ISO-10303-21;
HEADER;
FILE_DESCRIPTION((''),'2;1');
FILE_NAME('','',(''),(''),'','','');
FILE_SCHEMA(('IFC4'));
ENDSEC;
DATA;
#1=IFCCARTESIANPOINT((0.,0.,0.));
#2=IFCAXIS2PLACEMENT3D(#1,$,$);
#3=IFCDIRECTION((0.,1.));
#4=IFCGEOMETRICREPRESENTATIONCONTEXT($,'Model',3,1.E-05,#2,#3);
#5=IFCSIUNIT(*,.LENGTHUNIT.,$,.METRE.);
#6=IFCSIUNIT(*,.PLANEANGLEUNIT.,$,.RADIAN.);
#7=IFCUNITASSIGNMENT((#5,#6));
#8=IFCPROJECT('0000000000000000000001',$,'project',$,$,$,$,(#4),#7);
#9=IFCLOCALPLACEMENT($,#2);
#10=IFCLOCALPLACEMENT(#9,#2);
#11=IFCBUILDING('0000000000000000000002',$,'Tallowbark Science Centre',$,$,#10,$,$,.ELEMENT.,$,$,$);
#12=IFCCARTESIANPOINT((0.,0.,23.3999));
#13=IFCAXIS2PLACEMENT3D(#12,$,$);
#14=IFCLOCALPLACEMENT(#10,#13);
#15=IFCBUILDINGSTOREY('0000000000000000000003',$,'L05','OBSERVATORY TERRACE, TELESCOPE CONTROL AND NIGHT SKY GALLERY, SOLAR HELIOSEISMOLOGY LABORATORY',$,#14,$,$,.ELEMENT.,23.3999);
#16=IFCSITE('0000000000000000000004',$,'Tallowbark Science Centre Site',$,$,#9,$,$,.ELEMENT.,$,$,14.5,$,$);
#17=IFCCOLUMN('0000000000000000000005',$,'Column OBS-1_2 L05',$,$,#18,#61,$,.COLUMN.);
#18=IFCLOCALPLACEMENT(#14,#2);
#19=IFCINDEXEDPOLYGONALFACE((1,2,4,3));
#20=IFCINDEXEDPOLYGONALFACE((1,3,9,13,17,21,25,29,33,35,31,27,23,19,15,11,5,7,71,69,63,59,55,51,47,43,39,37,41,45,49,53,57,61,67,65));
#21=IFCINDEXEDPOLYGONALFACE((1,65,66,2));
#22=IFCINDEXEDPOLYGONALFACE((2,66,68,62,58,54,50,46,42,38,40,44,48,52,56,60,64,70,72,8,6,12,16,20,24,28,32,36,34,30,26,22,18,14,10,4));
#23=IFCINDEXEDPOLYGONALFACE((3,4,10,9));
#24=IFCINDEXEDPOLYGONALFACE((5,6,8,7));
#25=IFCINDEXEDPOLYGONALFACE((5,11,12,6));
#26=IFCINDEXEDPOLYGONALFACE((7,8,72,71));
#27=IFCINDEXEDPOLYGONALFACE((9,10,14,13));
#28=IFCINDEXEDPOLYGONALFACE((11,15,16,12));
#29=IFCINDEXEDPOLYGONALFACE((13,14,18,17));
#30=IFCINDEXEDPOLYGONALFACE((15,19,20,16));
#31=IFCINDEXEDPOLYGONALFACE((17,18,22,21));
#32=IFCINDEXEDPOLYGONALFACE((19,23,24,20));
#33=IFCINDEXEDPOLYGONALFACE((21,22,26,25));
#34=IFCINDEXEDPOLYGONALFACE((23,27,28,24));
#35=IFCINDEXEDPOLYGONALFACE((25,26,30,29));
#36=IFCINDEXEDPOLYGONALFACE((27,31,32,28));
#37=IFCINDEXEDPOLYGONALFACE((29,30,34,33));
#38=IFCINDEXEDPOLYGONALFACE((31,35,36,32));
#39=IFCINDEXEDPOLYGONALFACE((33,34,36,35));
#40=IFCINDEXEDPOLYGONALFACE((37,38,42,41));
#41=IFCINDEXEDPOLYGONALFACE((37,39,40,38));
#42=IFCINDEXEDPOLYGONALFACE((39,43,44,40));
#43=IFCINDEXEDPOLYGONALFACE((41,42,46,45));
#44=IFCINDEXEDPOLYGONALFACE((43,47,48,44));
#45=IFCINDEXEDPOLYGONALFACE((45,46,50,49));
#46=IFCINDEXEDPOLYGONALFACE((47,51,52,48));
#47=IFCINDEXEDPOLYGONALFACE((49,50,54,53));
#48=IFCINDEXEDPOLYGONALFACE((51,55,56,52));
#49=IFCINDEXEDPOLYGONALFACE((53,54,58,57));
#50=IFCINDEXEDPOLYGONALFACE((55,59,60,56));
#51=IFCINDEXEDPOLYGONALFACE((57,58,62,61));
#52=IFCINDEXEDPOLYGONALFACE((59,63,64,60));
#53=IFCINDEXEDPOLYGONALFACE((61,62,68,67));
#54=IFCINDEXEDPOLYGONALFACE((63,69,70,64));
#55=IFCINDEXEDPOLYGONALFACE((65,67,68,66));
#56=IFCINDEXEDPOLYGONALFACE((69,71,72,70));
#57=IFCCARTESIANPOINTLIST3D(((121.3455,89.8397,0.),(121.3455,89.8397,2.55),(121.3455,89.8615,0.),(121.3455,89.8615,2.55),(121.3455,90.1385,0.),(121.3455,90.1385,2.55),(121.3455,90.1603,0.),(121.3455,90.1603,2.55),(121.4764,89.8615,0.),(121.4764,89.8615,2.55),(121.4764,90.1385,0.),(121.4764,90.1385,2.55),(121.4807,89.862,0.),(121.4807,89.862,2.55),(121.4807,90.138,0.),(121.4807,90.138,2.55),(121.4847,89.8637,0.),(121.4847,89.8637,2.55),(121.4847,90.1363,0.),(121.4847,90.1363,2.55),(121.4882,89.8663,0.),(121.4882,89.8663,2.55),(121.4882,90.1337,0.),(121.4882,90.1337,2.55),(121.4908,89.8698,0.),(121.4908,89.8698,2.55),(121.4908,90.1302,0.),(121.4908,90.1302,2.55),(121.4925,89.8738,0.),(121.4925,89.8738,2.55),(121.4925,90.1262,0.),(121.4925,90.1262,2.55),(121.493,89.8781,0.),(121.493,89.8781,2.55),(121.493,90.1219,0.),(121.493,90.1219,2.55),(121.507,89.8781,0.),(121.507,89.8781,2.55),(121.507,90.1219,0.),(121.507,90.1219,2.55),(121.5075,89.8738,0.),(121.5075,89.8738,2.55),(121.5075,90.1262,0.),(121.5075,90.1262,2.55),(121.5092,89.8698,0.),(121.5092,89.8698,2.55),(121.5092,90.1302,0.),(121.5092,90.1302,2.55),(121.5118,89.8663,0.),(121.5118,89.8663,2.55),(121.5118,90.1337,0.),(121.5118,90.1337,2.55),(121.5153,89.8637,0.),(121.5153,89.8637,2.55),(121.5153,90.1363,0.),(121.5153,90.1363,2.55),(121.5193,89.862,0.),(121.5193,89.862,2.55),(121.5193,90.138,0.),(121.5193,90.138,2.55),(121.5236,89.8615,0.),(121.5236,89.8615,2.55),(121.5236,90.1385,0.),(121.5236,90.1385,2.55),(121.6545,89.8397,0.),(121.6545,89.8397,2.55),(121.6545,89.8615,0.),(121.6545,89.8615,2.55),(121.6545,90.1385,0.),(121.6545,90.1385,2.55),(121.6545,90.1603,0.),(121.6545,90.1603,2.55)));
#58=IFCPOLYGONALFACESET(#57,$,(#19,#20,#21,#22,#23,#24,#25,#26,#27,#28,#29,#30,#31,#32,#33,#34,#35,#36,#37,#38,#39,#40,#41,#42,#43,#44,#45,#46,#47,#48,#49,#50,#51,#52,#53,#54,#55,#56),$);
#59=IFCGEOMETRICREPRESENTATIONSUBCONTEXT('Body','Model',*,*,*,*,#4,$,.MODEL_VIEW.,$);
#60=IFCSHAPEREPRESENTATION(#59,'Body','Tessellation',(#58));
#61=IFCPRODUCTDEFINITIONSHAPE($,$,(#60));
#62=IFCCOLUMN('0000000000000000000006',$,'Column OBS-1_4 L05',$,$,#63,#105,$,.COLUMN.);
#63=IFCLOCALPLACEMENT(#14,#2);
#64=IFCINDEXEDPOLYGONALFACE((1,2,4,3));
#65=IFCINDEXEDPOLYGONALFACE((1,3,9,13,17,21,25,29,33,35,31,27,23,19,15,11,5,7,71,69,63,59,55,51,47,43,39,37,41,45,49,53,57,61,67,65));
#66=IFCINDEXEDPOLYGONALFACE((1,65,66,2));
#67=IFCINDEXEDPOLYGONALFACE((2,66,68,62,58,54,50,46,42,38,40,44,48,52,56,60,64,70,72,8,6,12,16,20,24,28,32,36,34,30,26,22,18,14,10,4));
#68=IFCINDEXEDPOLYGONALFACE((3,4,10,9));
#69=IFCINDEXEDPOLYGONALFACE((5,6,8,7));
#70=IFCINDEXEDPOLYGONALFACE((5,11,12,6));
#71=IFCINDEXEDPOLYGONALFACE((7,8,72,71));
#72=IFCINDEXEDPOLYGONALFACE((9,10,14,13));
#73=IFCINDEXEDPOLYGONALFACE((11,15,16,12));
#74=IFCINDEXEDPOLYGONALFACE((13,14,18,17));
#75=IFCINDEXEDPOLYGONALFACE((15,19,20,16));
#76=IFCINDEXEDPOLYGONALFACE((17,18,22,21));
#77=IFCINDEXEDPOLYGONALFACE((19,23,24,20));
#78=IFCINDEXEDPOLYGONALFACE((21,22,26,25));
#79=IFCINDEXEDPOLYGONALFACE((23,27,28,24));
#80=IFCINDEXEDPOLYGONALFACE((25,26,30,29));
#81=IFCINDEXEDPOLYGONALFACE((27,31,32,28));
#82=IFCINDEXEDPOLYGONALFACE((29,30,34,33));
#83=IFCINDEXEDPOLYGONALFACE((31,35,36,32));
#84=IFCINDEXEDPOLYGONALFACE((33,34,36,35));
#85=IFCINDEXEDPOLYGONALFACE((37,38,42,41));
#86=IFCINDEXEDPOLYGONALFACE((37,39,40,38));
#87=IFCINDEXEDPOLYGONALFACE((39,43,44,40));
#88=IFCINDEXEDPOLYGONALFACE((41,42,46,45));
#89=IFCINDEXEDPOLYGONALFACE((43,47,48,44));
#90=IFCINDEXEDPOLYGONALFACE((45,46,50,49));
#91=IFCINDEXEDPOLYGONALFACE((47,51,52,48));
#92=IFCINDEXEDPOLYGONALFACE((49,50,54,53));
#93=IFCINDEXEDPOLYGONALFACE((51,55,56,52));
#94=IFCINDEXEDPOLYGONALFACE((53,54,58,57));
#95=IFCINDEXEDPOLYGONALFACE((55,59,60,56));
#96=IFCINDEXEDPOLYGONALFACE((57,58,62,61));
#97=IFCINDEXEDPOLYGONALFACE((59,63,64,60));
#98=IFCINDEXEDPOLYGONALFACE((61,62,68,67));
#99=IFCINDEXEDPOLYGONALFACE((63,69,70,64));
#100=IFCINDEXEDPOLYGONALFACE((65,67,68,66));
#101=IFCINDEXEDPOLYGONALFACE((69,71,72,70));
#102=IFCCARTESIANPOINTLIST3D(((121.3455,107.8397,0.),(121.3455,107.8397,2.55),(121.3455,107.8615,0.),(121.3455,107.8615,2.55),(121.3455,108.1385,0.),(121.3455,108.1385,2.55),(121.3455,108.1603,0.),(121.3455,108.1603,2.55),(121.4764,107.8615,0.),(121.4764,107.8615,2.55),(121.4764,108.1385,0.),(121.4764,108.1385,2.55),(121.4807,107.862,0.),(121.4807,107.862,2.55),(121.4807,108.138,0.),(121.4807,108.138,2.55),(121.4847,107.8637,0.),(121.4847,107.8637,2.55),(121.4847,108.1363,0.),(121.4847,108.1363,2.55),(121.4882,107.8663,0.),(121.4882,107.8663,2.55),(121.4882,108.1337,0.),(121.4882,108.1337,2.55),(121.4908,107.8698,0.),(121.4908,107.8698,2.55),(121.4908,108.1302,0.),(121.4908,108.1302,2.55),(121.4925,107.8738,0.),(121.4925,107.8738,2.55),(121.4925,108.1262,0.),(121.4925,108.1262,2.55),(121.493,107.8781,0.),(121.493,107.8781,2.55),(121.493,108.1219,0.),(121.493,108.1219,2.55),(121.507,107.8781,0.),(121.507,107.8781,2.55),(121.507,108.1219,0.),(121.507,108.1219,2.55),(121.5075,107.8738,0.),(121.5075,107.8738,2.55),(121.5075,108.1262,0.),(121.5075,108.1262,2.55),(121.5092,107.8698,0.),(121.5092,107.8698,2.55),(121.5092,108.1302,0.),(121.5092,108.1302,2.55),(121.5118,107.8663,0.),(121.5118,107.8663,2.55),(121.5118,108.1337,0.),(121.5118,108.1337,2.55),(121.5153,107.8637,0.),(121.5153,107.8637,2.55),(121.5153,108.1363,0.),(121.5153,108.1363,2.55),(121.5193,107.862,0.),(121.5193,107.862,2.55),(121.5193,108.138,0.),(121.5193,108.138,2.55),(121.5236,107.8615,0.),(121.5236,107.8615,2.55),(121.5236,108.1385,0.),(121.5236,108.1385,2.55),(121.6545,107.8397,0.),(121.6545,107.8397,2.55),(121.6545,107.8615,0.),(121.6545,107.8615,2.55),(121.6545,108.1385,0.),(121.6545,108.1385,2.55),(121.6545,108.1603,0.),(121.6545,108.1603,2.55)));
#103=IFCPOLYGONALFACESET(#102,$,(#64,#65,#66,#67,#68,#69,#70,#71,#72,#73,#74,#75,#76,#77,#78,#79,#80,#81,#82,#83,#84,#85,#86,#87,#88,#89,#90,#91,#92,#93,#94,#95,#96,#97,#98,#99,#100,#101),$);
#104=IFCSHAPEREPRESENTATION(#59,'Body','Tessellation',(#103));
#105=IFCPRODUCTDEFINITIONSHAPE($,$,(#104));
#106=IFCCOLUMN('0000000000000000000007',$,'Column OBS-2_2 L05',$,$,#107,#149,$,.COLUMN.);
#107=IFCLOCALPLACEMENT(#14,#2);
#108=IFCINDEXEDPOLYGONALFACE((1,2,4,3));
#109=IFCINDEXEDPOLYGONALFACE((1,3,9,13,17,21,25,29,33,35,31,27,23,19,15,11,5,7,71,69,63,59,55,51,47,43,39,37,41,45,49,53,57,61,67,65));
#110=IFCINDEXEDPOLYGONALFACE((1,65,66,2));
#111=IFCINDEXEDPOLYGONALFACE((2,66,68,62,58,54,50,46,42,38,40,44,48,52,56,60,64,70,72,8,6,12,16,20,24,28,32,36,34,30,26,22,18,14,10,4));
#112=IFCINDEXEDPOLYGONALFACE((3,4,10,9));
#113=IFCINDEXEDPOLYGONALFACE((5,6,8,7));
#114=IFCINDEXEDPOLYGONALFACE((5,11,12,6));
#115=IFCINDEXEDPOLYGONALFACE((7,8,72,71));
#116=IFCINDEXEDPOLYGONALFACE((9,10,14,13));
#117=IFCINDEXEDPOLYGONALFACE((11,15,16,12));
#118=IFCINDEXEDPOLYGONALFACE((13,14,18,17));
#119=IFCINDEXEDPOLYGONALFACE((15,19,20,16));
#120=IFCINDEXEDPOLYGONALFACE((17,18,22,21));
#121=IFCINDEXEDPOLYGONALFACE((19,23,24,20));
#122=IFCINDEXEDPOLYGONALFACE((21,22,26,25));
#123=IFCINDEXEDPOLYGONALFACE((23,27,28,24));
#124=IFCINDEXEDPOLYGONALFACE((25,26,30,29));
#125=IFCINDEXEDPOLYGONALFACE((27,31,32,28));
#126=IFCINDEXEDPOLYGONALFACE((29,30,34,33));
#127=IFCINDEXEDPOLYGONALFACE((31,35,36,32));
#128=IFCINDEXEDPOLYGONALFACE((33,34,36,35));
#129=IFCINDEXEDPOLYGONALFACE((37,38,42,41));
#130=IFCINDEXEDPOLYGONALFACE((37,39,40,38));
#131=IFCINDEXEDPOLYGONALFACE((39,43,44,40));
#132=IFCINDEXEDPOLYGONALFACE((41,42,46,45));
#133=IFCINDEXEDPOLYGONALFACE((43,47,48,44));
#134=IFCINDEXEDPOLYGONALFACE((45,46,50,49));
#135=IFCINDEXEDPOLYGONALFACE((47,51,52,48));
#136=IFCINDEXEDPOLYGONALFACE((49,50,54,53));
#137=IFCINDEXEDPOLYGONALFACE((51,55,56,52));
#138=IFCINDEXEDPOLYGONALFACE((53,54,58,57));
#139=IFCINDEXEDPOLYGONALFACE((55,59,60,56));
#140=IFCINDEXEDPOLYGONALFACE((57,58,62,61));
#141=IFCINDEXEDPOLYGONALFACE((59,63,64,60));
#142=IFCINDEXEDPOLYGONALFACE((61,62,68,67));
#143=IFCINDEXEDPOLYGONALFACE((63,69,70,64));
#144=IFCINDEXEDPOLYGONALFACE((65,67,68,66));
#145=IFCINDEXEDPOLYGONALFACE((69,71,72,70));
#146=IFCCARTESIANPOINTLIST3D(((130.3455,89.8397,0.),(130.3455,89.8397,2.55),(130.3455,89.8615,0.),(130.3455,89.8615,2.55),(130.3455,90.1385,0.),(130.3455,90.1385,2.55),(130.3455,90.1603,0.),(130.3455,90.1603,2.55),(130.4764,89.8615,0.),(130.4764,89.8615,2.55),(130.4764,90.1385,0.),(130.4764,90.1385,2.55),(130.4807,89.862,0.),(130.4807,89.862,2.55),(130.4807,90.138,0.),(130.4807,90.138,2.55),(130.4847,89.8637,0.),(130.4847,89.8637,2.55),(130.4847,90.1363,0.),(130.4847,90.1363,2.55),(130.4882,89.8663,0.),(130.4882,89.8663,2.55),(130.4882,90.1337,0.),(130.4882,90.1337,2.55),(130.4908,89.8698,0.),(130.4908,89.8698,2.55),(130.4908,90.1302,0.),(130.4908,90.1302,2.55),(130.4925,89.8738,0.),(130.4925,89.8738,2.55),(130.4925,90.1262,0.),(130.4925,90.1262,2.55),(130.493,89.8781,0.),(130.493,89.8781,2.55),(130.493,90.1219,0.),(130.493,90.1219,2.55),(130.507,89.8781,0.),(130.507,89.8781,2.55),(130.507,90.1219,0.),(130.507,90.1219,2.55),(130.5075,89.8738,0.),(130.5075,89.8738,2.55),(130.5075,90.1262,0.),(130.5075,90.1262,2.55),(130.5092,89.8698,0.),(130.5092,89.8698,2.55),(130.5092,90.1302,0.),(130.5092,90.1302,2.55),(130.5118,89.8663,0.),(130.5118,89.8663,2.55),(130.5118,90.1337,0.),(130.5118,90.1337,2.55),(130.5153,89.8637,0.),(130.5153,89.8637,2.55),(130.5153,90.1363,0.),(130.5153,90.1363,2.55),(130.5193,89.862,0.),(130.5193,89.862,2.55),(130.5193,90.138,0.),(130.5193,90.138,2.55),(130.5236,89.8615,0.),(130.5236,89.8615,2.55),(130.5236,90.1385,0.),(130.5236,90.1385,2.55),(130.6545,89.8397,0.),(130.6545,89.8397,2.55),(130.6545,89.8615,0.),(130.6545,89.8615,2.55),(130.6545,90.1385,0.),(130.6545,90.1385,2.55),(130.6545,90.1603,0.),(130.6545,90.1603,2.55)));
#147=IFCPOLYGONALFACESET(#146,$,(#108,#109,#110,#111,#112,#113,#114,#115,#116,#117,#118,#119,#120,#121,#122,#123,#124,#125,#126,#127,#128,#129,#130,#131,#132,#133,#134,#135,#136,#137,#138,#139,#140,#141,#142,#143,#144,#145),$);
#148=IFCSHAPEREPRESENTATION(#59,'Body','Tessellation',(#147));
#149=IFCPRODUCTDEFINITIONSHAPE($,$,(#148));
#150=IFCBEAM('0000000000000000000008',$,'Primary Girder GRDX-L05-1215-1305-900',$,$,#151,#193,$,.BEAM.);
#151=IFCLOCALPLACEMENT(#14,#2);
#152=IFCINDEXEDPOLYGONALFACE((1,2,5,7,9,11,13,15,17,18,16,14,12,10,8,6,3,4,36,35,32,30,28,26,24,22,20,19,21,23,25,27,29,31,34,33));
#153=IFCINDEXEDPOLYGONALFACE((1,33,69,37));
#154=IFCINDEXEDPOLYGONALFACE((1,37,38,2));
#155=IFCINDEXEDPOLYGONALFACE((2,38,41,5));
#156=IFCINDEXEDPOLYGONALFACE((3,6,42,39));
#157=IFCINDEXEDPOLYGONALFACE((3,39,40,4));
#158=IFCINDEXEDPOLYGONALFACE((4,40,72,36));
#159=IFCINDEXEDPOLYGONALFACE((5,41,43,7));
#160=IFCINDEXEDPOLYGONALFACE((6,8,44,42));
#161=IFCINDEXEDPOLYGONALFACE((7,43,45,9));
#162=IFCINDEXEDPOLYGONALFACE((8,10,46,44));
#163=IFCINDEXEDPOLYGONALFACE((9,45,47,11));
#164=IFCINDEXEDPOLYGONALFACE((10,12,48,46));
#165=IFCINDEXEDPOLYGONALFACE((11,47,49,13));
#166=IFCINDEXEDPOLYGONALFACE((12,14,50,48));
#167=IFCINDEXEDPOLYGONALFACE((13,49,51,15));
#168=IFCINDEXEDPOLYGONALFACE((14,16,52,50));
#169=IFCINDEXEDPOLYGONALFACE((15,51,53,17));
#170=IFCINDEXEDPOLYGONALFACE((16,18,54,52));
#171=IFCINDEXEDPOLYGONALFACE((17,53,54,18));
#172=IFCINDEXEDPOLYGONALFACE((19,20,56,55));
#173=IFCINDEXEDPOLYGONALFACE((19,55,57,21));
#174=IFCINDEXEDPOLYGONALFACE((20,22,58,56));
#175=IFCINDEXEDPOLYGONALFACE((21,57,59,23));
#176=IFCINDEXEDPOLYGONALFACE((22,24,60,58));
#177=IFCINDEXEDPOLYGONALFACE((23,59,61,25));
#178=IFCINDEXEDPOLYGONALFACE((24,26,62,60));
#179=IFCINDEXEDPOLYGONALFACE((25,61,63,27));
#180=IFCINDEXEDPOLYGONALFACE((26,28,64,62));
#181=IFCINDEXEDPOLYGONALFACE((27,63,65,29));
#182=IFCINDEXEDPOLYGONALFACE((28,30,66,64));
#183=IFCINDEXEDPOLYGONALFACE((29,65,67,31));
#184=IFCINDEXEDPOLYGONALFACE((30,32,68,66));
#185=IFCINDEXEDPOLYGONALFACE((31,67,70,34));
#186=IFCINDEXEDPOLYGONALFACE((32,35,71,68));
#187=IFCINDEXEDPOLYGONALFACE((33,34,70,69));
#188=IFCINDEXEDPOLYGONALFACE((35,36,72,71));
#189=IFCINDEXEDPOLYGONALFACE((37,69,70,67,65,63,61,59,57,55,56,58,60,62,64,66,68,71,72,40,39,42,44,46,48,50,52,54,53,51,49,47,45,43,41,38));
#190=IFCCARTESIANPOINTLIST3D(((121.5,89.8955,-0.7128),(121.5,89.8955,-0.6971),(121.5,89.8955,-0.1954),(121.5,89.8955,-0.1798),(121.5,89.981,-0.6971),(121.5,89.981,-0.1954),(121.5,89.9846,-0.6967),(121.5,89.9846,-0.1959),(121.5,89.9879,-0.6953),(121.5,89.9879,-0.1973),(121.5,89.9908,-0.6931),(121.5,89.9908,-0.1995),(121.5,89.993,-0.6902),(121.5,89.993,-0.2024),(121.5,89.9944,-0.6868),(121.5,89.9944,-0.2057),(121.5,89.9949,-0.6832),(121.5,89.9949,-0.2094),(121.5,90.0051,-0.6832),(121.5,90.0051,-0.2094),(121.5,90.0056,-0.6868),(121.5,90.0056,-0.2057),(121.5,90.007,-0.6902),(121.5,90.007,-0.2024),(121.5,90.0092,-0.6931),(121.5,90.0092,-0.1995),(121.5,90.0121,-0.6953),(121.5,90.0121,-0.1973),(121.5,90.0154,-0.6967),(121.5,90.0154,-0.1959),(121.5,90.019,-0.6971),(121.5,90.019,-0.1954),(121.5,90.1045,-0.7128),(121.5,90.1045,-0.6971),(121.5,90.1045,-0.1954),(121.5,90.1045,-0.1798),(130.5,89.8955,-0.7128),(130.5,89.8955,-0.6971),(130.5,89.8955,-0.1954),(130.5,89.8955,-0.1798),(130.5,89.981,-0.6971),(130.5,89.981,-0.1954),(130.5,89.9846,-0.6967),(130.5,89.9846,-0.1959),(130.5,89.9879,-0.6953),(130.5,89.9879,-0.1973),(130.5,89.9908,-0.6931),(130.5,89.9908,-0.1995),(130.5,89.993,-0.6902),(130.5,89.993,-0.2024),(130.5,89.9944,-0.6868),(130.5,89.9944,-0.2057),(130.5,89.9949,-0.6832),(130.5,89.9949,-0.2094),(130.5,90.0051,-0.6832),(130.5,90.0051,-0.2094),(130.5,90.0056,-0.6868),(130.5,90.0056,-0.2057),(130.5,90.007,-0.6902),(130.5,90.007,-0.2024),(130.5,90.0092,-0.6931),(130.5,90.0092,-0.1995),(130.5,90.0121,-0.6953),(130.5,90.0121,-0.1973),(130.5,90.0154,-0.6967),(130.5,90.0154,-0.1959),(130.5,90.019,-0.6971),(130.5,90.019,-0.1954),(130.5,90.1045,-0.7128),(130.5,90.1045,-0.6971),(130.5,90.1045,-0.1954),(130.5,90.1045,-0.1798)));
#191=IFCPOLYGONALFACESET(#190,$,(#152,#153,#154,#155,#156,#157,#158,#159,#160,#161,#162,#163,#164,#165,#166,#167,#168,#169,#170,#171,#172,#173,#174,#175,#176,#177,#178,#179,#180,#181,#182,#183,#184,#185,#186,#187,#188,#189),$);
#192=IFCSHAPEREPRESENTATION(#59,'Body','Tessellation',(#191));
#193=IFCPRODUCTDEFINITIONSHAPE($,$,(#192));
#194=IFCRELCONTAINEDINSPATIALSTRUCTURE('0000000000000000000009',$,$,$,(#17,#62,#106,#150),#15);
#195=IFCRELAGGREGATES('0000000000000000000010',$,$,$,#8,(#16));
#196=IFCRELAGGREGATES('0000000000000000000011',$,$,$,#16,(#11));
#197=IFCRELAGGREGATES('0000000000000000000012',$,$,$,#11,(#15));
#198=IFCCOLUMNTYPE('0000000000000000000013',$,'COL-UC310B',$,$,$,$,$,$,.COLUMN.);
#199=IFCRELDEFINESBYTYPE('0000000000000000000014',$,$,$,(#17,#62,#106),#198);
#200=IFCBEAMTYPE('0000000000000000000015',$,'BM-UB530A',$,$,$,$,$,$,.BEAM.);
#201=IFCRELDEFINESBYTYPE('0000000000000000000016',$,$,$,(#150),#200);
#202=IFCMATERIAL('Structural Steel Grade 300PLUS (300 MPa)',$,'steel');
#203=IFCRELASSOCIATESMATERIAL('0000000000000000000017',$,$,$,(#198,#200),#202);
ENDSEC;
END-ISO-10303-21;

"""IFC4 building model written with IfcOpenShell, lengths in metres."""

from ifc_helpers import new_model, si_unit, direction, frame, origin, origin_2d, place, context, subcontext, project, spatial, i_section, extrude, material, material_profile, profile_set, type_object, element, save


model = new_model("IFC4")

# Units and contexts
model_context = context("Model", 3, precision=1e-05, world=origin(), true_north=direction((0.0, 1.0)))
body_context = subcontext(model_context, "Body", "Model", "MODEL_VIEW")
ifc_project = project(units=[si_unit("LENGTHUNIT", "METRE"), si_unit("PLANEANGLEUNIT", "RADIAN")], contexts=[model_context])

# Site, building, storey
site_placement = place(None, origin())
site = spatial("IfcSite", under=ifc_project, at=site_placement, Name="Tallowbark Science Centre Site", CompositionType="ELEMENT", RefElevation=14.5)
building_placement = place(site_placement, origin())
building = spatial("IfcBuilding", under=site, at=building_placement, Name="Tallowbark Science Centre", CompositionType="ELEMENT")
storey_placement = place(building_placement, frame((0.0, 0.0, 23.3999)))
storey = spatial("IfcBuildingStorey", under=building, at=storey_placement, Name="L05", Description="OBSERVATORY TERRACE, TELESCOPE CONTROL AND NIGHT SKY GALLERY, SOLAR HELIOSEISMOLOGY LABORATORY", CompositionType="ELEMENT", Elevation=23.3999)

# Columns
ifc_material_1 = material(Name="Structural Steel Grade 300PLUS (300 MPa)", Category="steel")
ifc_material_profile_1 = material_profile(ifc_material_1, i_section(OverallWidth=0.3091, OverallDepth=0.3206, WebThickness=0.0139, FlangeThickness=0.0217, FilletRadius=0.0166, at=origin_2d()), Name="310UC137")
ifc_profile_set_1 = profile_set([ifc_material_profile_1], Name="Structural Steel Grade 300PLUS (300 MPa)")
column_type = type_object("IfcColumnType", Name="COL-UC310B", PredefinedType="COLUMN", material=ifc_profile_set_1)
for number, where, z_axis, x_axis, name in (
    (1, (121.5, 90.0, 0.0), (0.0, 0.0, 1.0), (1.0, 0.0, 0.0), "Column OBS-1_2 L05"),
    (2, (121.5, 108.0, 0.0), (0.0, 0.0, 1.0), (1.0, 0.0, 0.0), "Column OBS-1_4 L05"),
    (3, (130.5, 90.0, 0.0), (0.0, 0.0, 1.0), (1.0, 0.0, 0.0), "Column OBS-2_2 L05"),
):
    element("IfcColumn", number, at=place(storey_placement, frame(where, z_axis=z_axis, x_axis=x_axis)), inside=storey, type_object=column_type, Name=name, PredefinedType="COLUMN", context=body_context, shape_type="SweptSolid", body=[
        extrude(i_section(OverallWidth=0.3091, OverallDepth=0.3206, WebThickness=0.0139, FlangeThickness=0.0217, FilletRadius=0.0166, at=origin_2d()), origin(), (0.0, 0.0, 1.0), 2.55),
    ])

# Beam
ifc_material_profile_2 = material_profile(ifc_material_1, i_section(OverallWidth=0.209, OverallDepth=0.533, WebThickness=0.0103, FlangeThickness=0.0156, FilletRadius=0.0139, at=origin_2d()), Name="530UB92.4")
ifc_profile_set_2 = profile_set([ifc_material_profile_2], Name="Structural Steel Grade 300PLUS (300 MPa)")
beam_type_1 = type_object("IfcBeamType", Name="BM-UB530A", PredefinedType="BEAM", material=ifc_profile_set_2)
beam_1_placement = place(storey_placement, frame((121.5, 90.0, -0.4463), z_axis=(1.0, 0.0, 0.0), x_axis=(0.0, 1.0, 0.0)))
element("IfcBeam", 4, at=beam_1_placement, inside=storey, type_object=beam_type_1, Name="Primary Girder GRDX-L05-1215-1305-900", PredefinedType="BEAM", context=body_context, shape_type="SweptSolid", body=[
    extrude(i_section(OverallWidth=0.209, OverallDepth=0.533, WebThickness=0.0103, FlangeThickness=0.0156, FilletRadius=0.0139, at=origin_2d()), origin(), (0.0, 0.0, 1.0), 9.0),
])

save(model, "model.ifc")
